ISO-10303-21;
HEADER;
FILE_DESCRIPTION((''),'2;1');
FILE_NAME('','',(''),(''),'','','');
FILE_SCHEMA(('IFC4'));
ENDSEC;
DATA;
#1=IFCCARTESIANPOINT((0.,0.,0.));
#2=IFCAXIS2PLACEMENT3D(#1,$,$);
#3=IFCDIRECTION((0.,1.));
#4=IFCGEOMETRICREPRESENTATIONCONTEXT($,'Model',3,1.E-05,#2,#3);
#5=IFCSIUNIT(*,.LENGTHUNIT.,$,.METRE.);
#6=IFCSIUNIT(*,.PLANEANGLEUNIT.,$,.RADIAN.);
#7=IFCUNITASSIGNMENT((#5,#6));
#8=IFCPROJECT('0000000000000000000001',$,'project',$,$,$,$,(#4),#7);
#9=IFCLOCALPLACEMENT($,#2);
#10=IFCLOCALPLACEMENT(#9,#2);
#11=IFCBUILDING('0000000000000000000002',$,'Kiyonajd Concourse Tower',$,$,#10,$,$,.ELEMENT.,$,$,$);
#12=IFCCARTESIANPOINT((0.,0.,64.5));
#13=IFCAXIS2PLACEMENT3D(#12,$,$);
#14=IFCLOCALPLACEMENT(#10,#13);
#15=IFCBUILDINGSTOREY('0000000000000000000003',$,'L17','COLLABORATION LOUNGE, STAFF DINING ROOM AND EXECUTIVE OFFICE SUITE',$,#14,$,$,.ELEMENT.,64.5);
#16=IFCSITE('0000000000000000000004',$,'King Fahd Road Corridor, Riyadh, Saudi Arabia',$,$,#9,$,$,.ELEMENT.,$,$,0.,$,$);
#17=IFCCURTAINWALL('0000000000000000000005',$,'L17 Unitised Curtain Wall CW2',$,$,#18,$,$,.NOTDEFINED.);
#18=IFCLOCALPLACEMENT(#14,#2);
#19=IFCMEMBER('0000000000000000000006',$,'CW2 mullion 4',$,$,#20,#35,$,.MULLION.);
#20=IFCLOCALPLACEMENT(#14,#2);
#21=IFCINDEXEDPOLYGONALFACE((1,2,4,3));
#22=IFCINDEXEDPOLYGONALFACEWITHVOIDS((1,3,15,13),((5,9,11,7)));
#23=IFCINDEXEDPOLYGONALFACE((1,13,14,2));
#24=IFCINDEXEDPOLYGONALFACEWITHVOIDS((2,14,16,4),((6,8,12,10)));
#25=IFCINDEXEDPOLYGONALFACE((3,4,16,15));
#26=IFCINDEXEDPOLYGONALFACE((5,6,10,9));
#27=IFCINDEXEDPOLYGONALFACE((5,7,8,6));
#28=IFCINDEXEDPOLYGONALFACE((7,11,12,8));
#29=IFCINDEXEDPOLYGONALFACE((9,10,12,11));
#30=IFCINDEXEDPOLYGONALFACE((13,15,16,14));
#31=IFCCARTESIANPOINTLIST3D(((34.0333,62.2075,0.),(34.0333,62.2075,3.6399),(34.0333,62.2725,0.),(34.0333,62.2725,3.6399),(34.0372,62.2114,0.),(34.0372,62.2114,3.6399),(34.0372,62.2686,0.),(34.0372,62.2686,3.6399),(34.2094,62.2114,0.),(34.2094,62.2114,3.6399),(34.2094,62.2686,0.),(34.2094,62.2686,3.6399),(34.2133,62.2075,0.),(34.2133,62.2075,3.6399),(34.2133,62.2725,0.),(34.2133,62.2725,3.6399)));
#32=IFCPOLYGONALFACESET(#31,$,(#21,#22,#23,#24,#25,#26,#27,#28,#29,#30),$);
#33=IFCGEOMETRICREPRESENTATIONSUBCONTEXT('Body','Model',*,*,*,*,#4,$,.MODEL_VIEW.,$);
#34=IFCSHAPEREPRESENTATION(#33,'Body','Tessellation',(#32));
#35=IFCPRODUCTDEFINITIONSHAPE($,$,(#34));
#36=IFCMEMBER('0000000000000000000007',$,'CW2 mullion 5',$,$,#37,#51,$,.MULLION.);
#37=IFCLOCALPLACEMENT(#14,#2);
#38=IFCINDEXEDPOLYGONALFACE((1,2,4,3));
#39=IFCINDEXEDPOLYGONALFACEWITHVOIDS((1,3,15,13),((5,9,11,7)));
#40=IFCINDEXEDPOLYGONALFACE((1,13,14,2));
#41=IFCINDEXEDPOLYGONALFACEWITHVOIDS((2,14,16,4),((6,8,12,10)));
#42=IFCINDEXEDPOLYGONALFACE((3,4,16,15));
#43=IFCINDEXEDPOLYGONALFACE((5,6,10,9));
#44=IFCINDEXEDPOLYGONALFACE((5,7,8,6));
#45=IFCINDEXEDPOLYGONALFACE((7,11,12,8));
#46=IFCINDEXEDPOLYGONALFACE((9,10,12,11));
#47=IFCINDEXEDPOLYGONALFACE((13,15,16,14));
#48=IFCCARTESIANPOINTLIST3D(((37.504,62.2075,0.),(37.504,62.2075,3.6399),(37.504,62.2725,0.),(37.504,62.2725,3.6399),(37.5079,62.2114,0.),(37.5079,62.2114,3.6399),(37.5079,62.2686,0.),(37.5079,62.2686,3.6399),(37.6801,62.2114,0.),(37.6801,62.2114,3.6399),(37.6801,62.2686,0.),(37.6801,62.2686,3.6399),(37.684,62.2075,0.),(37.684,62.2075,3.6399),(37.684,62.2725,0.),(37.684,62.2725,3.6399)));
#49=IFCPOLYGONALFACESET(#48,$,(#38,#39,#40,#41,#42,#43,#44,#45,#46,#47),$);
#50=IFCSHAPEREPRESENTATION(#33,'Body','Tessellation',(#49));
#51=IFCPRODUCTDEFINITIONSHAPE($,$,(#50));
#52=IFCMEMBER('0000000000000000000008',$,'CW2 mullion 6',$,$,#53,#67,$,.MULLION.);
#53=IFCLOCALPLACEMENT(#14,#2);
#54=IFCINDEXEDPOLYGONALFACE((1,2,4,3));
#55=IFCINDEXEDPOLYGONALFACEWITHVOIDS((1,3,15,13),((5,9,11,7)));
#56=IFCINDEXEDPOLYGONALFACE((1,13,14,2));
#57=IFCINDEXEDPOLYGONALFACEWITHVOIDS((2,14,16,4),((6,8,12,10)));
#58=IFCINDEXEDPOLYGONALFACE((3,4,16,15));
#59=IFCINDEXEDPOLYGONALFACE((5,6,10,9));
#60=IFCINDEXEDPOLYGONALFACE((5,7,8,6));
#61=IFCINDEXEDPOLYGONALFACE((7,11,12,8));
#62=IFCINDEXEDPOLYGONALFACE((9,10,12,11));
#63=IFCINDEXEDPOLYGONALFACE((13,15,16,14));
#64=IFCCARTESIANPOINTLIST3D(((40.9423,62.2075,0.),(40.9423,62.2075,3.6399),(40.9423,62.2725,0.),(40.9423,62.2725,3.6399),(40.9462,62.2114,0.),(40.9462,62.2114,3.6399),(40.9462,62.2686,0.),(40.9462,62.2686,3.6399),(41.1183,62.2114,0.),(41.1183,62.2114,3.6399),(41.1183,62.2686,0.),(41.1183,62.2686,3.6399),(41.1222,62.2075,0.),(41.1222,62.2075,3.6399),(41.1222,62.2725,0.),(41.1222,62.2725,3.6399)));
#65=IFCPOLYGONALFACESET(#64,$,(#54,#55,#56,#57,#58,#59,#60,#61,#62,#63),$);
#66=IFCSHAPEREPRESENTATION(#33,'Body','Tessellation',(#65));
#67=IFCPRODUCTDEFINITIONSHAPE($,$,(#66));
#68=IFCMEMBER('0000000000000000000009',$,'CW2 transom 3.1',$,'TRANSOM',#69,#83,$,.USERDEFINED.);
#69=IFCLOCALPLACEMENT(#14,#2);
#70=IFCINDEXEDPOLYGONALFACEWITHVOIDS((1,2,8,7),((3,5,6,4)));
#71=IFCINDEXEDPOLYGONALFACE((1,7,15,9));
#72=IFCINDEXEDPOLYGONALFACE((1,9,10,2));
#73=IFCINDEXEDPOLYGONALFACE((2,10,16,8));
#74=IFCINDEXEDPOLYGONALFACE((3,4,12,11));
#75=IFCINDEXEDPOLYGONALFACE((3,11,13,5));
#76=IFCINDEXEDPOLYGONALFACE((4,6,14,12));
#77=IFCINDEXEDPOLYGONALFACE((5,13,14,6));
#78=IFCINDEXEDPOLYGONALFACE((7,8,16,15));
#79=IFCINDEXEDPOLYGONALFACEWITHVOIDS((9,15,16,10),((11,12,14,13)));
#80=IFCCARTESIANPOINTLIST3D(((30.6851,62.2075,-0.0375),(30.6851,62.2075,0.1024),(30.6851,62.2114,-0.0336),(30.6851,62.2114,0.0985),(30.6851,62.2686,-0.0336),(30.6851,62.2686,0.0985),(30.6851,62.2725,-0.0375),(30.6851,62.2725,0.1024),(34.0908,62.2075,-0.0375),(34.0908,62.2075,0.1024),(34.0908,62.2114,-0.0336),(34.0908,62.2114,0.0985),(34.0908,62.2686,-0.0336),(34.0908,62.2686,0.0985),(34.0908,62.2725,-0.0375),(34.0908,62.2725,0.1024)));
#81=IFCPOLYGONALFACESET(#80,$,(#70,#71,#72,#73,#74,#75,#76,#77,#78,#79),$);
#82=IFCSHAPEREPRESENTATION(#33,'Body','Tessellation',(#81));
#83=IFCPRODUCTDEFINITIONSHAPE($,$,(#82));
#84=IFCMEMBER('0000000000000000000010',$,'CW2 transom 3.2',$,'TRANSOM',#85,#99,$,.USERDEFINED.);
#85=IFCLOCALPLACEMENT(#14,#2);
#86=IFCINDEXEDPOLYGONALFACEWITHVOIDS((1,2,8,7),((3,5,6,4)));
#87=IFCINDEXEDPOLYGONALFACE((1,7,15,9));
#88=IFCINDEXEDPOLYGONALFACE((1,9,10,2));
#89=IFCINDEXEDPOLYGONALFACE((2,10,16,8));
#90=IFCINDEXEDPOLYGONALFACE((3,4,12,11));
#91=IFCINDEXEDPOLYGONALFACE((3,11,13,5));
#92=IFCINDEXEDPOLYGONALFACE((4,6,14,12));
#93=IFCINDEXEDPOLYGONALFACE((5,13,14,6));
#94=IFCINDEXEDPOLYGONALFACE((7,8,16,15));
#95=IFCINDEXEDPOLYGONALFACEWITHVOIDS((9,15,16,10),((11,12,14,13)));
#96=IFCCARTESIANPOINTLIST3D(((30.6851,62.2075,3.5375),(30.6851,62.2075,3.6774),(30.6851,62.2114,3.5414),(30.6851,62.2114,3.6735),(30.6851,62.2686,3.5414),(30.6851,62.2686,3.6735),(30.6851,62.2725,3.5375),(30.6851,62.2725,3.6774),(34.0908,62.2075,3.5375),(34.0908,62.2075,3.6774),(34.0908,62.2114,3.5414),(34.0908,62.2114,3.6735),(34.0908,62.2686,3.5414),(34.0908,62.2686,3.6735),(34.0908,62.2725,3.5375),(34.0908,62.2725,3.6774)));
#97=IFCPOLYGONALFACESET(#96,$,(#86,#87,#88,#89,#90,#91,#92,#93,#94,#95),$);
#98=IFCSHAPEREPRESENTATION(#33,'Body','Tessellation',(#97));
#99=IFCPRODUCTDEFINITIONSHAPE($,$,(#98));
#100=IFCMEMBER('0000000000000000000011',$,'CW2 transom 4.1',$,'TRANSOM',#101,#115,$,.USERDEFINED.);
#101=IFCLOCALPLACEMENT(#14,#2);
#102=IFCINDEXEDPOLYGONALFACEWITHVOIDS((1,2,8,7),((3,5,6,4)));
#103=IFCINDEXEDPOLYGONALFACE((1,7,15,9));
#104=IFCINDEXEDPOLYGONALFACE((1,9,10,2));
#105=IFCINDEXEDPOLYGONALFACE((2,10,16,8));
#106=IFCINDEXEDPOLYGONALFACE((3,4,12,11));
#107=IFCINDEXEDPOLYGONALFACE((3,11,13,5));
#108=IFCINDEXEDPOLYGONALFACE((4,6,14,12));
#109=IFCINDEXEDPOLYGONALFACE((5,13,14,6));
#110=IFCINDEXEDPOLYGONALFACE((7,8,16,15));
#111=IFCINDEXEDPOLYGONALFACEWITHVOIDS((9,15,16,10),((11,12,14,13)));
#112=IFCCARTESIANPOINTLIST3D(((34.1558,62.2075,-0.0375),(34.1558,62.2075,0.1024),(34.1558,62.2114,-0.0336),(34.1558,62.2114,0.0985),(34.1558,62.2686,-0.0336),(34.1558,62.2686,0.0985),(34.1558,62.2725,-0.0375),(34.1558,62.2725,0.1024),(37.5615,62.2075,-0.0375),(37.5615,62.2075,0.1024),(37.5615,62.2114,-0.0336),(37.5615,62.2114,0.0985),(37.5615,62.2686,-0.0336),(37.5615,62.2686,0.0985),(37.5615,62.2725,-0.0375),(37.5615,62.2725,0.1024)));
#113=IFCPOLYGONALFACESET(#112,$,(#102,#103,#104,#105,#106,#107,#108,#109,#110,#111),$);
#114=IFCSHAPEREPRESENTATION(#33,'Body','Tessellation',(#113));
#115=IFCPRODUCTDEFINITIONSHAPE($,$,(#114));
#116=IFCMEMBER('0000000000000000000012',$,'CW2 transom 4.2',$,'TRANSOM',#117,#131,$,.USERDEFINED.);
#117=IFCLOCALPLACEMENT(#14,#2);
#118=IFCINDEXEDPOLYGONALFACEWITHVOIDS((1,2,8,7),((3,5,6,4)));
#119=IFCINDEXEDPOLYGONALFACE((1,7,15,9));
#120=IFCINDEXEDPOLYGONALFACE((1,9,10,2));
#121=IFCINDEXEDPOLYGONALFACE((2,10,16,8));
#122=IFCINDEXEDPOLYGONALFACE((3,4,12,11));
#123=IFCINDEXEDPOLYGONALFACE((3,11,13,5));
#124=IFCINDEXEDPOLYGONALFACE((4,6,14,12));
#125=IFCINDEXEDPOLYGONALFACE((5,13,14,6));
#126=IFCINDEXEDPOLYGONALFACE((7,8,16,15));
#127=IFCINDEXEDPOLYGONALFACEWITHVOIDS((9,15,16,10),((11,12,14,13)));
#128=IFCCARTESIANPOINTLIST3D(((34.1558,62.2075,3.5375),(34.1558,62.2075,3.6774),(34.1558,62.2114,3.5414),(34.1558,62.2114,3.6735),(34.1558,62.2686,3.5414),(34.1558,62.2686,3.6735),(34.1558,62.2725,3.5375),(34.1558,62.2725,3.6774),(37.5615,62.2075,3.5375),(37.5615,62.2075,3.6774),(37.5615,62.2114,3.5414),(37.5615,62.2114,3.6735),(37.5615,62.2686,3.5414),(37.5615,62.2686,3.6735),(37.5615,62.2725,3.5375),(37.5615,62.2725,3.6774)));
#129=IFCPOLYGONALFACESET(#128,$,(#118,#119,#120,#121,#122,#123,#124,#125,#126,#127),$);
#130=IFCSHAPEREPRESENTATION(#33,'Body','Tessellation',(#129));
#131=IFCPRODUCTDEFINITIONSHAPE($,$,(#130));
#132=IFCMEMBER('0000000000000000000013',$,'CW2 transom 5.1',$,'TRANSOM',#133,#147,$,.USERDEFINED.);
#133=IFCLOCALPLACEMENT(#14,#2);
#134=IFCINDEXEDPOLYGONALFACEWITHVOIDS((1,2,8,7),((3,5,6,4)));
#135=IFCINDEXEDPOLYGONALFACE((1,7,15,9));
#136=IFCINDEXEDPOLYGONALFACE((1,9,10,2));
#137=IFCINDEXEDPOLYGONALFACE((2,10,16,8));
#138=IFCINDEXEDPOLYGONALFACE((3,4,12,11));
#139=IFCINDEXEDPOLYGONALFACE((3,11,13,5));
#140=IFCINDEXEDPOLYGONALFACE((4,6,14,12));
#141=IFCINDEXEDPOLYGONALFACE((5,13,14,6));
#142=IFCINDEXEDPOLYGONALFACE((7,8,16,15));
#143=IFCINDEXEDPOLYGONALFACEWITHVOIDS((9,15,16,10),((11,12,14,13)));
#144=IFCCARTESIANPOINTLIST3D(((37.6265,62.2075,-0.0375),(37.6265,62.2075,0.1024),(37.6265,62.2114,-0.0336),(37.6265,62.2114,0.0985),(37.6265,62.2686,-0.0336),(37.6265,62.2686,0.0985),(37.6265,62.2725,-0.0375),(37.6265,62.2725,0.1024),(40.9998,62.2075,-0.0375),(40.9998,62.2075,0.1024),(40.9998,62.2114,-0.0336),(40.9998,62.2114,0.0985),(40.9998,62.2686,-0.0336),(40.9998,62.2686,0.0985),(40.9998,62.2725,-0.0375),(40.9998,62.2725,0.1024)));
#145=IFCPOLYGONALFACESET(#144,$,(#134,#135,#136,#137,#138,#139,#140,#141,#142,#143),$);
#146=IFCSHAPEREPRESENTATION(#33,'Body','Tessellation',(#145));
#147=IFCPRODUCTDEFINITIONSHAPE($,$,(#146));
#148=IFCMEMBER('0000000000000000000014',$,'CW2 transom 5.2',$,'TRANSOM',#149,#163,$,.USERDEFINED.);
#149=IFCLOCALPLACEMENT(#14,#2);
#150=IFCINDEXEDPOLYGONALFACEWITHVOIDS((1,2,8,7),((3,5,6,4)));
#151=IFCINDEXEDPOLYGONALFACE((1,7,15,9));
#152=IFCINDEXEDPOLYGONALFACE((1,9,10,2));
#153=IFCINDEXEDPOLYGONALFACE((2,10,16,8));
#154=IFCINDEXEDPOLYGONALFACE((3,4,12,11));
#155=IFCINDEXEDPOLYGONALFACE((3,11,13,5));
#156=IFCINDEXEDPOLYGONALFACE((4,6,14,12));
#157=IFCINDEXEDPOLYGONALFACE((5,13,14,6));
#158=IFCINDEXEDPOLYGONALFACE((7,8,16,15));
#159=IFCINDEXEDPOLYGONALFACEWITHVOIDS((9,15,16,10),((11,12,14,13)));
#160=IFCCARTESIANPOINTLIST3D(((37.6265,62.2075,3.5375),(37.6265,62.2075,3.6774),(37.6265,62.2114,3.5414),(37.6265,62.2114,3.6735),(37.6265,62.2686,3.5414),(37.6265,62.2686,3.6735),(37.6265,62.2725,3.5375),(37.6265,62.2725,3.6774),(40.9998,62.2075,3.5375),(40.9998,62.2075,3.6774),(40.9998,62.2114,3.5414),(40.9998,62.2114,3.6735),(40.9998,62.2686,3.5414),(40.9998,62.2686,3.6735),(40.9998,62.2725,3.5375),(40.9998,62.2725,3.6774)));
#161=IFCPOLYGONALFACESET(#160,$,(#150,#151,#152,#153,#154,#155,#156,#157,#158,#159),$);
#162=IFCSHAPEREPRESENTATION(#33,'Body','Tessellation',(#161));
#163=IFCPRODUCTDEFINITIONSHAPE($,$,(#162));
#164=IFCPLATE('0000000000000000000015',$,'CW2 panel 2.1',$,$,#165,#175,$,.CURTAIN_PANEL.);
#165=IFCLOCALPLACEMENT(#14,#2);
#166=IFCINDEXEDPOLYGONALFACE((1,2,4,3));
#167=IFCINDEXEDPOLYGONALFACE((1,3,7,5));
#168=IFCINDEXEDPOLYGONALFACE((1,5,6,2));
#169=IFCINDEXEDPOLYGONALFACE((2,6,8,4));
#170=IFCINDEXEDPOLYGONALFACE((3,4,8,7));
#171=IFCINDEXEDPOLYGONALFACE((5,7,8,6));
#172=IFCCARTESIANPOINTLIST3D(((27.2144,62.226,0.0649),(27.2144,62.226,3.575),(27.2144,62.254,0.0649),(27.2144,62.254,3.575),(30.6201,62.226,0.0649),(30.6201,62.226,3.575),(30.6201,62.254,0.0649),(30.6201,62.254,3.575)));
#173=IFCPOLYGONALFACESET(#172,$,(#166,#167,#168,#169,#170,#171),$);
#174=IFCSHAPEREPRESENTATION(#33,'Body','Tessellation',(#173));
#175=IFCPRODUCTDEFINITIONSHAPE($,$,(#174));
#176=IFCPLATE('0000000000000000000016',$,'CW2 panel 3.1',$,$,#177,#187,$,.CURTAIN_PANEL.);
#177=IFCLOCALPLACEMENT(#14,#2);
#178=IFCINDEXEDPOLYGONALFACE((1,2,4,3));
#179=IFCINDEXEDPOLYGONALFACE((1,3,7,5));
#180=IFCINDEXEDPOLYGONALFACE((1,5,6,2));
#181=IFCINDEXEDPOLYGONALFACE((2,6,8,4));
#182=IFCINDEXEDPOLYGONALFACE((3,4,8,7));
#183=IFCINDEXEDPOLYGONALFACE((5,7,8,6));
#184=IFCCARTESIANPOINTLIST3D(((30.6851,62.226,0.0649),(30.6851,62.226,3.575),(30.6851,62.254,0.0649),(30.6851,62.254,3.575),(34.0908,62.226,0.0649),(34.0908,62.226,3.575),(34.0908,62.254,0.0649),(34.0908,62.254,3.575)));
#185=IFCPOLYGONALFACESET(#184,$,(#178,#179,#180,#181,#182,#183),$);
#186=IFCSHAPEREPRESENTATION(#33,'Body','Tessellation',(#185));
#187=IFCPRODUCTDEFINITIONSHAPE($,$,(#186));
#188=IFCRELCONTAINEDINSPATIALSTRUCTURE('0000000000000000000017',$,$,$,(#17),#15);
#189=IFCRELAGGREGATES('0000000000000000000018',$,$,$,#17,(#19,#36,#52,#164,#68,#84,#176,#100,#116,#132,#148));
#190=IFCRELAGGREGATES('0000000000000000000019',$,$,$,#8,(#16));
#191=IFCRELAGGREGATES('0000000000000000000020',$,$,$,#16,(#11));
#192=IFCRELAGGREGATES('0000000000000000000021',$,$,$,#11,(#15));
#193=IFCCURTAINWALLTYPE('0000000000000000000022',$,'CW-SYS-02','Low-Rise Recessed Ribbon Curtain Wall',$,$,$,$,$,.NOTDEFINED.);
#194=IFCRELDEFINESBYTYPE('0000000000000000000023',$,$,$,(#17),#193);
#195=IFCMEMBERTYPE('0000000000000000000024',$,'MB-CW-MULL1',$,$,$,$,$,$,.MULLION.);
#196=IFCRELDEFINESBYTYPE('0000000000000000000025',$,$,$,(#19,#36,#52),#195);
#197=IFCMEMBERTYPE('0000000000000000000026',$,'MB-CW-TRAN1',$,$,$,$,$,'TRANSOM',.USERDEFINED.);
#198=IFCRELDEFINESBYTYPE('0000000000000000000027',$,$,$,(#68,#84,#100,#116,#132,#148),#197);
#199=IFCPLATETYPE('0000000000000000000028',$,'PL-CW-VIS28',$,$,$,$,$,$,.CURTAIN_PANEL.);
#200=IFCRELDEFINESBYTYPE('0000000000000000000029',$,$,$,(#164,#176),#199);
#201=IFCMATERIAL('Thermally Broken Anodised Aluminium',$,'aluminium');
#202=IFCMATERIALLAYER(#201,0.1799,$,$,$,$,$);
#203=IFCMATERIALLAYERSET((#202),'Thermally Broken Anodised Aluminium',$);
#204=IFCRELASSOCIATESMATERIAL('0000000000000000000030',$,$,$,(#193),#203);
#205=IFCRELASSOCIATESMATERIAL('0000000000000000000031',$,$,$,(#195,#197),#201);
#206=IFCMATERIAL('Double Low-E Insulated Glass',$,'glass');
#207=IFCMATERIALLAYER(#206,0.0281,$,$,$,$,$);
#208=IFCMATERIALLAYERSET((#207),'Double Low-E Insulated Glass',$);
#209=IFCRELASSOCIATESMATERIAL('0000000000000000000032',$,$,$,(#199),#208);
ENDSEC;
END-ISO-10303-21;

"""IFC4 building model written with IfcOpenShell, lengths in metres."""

from ifc_helpers import new_model, si_unit, direction, frame, origin, origin_2d, place, context, subcontext, project, spatial, rectangle, hollow_rectangle, extrude, material, layer, layer_set, material_profile, profile_set, type_object, element, aggregate, save


model = new_model("IFC4")

# Units and contexts
model_context = context("Model", 3, precision=1e-05, world=origin(), true_north=direction((0.0, 1.0)))
body_context = subcontext(model_context, "Body", "Model", "MODEL_VIEW")
ifc_project = project(units=[si_unit("LENGTHUNIT", "METRE"), si_unit("PLANEANGLEUNIT", "RADIAN")], contexts=[model_context])

# Site, building, storey
site_placement = place(None, origin())
site = spatial("IfcSite", under=ifc_project, at=site_placement, Name="King Fahd Road Corridor, Riyadh, Saudi Arabia", CompositionType="ELEMENT", RefElevation=0.0)
building_placement = place(site_placement, origin())
building = spatial("IfcBuilding", under=site, at=building_placement, Name="Kiyonajd Concourse Tower", CompositionType="ELEMENT")
storey_placement = place(building_placement, frame((0.0, 0.0, 64.5)))
storey = spatial("IfcBuildingStorey", under=building, at=storey_placement, Name="L17", Description="COLLABORATION LOUNGE, STAFF DINING ROOM AND EXECUTIVE OFFICE SUITE", CompositionType="ELEMENT", Elevation=64.5)

# Curtain wall, members, plates
ifc_material_1 = material(Name="Thermally Broken Anodised Aluminium", Category="aluminium")
ifc_layer_1 = layer(ifc_material_1, 0.1799)
ifc_layer_set_1 = layer_set([ifc_layer_1], Name="Thermally Broken Anodised Aluminium")
curtain_wall_type = type_object("IfcCurtainWallType", Name="CW-SYS-02", Description="Low-Rise Recessed Ribbon Curtain Wall", PredefinedType="NOTDEFINED", material=ifc_layer_set_1)
curtain_wall_placement = place(storey_placement, origin())
curtain_wall = element("IfcCurtainWall", 1, at=curtain_wall_placement, inside=storey, type_object=curtain_wall_type, Name="L17 Unitised Curtain Wall CW2", PredefinedType="NOTDEFINED")
ifc_material_profile_1 = material_profile(ifc_material_1, hollow_rectangle(XDim=0.0649, YDim=0.1799, WallThickness=0.0039, at=origin_2d()), Name="MULL-65x180")
ifc_profile_set_1 = profile_set([ifc_material_profile_1], Name="Thermally Broken Anodised Aluminium")
member_type_1 = type_object("IfcMemberType", Name="MB-CW-MULL1", PredefinedType="MULLION", material=ifc_profile_set_1)
member_1_placement = place(storey_placement, frame((34.1233, 62.24, 0.0), z_axis=(0.0, 0.0, 1.0), x_axis=(0.0, 1.0, 0.0)))
member_1 = element("IfcMember", 2, at=member_1_placement, type_object=member_type_1, Name="CW2 mullion 4", PredefinedType="MULLION", context=body_context, shape_type="SweptSolid", body=[
    extrude(hollow_rectangle(XDim=0.0649, YDim=0.1799, WallThickness=0.0039, at=origin_2d()), origin(), (0.0, 0.0, 1.0), 3.6399),
])
member_2_placement = place(storey_placement, frame((37.594, 62.24, 0.0), z_axis=(0.0, 0.0, 1.0), x_axis=(0.0, 1.0, 0.0)))
member_2 = element("IfcMember", 3, at=member_2_placement, type_object=member_type_1, Name="CW2 mullion 5", PredefinedType="MULLION", context=body_context, shape_type="SweptSolid", body=[
    extrude(hollow_rectangle(XDim=0.0649, YDim=0.1799, WallThickness=0.0039, at=origin_2d()), origin(), (0.0, 0.0, 1.0), 3.6399),
])
member_3_placement = place(storey_placement, frame((41.0322, 62.24, 0.0), z_axis=(0.0, 0.0, 1.0), x_axis=(0.0, 1.0, 0.0)))
member_3 = element("IfcMember", 4, at=member_3_placement, type_object=member_type_1, Name="CW2 mullion 6", PredefinedType="MULLION", context=body_context, shape_type="SweptSolid", body=[
    extrude(hollow_rectangle(XDim=0.0649, YDim=0.1799, WallThickness=0.0039, at=origin_2d()), origin(), (0.0, 0.0, 1.0), 3.6399),
])
ifc_material_profile_2 = material_profile(ifc_material_1, hollow_rectangle(XDim=0.0649, YDim=0.1399, WallThickness=0.0039, at=origin_2d()), Name="TRAN-65x140")
ifc_profile_set_2 = profile_set([ifc_material_profile_2], Name="Thermally Broken Anodised Aluminium")
member_type_2 = type_object("IfcMemberType", Name="MB-CW-TRAN1", ElementType="TRANSOM", PredefinedType="USERDEFINED", material=ifc_profile_set_2)
member_4_placement = place(storey_placement, frame((30.6851, 62.24, 0.0325), z_axis=(1.0, 0.0, 0.0), x_axis=(0.0, 1.0, 0.0)))
member_4 = element("IfcMember", 5, at=member_4_placement, type_object=member_type_2, Name="CW2 transom 3.1", ObjectType="TRANSOM", PredefinedType="USERDEFINED", context=body_context, shape_type="SweptSolid", body=[
    extrude(hollow_rectangle(XDim=0.0649, YDim=0.1399, WallThickness=0.0039, at=origin_2d()), origin(), (0.0, 0.0, 1.0), 3.4058),
])
member_5_placement = place(storey_placement, frame((30.6851, 62.24, 3.6074), z_axis=(1.0, 0.0, 0.0), x_axis=(0.0, 1.0, 0.0)))
member_5 = element("IfcMember", 6, at=member_5_placement, type_object=member_type_2, Name="CW2 transom 3.2", ObjectType="TRANSOM", PredefinedType="USERDEFINED", context=body_context, shape_type="SweptSolid", body=[
    extrude(hollow_rectangle(XDim=0.0649, YDim=0.1399, WallThickness=0.0039, at=origin_2d()), origin(), (0.0, 0.0, 1.0), 3.4058),
])
member_6_placement = place(storey_placement, frame((34.1558, 62.24, 0.0325), z_axis=(1.0, 0.0, 0.0), x_axis=(0.0, 1.0, 0.0)))
member_6 = element("IfcMember", 7, at=member_6_placement, type_object=member_type_2, Name="CW2 transom 4.1", ObjectType="TRANSOM", PredefinedType="USERDEFINED", context=body_context, shape_type="SweptSolid", body=[
    extrude(hollow_rectangle(XDim=0.0649, YDim=0.1399, WallThickness=0.0039, at=origin_2d()), origin(), (0.0, 0.0, 1.0), 3.4058),
])
member_7_placement = place(storey_placement, frame((34.1558, 62.24, 3.6074), z_axis=(1.0, 0.0, 0.0), x_axis=(0.0, 1.0, 0.0)))
member_7 = element("IfcMember", 8, at=member_7_placement, type_object=member_type_2, Name="CW2 transom 4.2", ObjectType="TRANSOM", PredefinedType="USERDEFINED", context=body_context, shape_type="SweptSolid", body=[
    extrude(hollow_rectangle(XDim=0.0649, YDim=0.1399, WallThickness=0.0039, at=origin_2d()), origin(), (0.0, 0.0, 1.0), 3.4058),
])
member_8_placement = place(storey_placement, frame((37.6265, 62.24, 0.0325), z_axis=(1.0, 0.0, 0.0), x_axis=(0.0, 1.0, 0.0)))
member_8 = element("IfcMember", 9, at=member_8_placement, type_object=member_type_2, Name="CW2 transom 5.1", ObjectType="TRANSOM", PredefinedType="USERDEFINED", context=body_context, shape_type="SweptSolid", body=[
    extrude(hollow_rectangle(XDim=0.0649, YDim=0.1399, WallThickness=0.0039, at=origin_2d()), origin(), (0.0, 0.0, 1.0), 3.3733),
])
member_9_placement = place(storey_placement, frame((37.6265, 62.24, 3.6074), z_axis=(1.0, 0.0, 0.0), x_axis=(0.0, 1.0, 0.0)))
member_9 = element("IfcMember", 10, at=member_9_placement, type_object=member_type_2, Name="CW2 transom 5.2", ObjectType="TRANSOM", PredefinedType="USERDEFINED", context=body_context, shape_type="SweptSolid", body=[
    extrude(hollow_rectangle(XDim=0.0649, YDim=0.1399, WallThickness=0.0039, at=origin_2d()), origin(), (0.0, 0.0, 1.0), 3.3733),
])
ifc_material_2 = material(Name="Double Low-E Insulated Glass", Category="glass")
ifc_layer_2 = layer(ifc_material_2, 0.0281)
ifc_layer_set_2 = layer_set([ifc_layer_2], Name="Double Low-E Insulated Glass")
plate_type_1 = type_object("IfcPlateType", Name="PL-CW-VIS28", PredefinedType="CURTAIN_PANEL", material=ifc_layer_set_2)
plate_1_placement = place(storey_placement, frame((28.9172, 62.24, 0.0649), z_axis=(0.0, 0.0, 1.0), x_axis=(1.0, 0.0, 0.0)))
plate_1 = element("IfcPlate", 11, at=plate_1_placement, type_object=plate_type_1, Name="CW2 panel 2.1", PredefinedType="CURTAIN_PANEL", context=body_context, shape_type="SweptSolid", body=[
    extrude(rectangle(XDim=3.4058, YDim=0.0281, at=origin_2d()), origin(), (0.0, 0.0, 1.0), 3.51),
])
plate_2_placement = place(storey_placement, frame((32.3879, 62.24, 0.0649), z_axis=(0.0, 0.0, 1.0), x_axis=(1.0, 0.0, 0.0)))
plate_2 = element("IfcPlate", 12, at=plate_2_placement, type_object=plate_type_1, Name="CW2 panel 3.1", PredefinedType="CURTAIN_PANEL", context=body_context, shape_type="SweptSolid", body=[
    extrude(rectangle(XDim=3.4058, YDim=0.0281, at=origin_2d()), origin(), (0.0, 0.0, 1.0), 3.51),
])
aggregate(curtain_wall, [member_1, member_2, member_3, plate_1, member_4, member_5, plate_2, member_6, member_7, member_8, member_9])

save(model, "model.ifc")
